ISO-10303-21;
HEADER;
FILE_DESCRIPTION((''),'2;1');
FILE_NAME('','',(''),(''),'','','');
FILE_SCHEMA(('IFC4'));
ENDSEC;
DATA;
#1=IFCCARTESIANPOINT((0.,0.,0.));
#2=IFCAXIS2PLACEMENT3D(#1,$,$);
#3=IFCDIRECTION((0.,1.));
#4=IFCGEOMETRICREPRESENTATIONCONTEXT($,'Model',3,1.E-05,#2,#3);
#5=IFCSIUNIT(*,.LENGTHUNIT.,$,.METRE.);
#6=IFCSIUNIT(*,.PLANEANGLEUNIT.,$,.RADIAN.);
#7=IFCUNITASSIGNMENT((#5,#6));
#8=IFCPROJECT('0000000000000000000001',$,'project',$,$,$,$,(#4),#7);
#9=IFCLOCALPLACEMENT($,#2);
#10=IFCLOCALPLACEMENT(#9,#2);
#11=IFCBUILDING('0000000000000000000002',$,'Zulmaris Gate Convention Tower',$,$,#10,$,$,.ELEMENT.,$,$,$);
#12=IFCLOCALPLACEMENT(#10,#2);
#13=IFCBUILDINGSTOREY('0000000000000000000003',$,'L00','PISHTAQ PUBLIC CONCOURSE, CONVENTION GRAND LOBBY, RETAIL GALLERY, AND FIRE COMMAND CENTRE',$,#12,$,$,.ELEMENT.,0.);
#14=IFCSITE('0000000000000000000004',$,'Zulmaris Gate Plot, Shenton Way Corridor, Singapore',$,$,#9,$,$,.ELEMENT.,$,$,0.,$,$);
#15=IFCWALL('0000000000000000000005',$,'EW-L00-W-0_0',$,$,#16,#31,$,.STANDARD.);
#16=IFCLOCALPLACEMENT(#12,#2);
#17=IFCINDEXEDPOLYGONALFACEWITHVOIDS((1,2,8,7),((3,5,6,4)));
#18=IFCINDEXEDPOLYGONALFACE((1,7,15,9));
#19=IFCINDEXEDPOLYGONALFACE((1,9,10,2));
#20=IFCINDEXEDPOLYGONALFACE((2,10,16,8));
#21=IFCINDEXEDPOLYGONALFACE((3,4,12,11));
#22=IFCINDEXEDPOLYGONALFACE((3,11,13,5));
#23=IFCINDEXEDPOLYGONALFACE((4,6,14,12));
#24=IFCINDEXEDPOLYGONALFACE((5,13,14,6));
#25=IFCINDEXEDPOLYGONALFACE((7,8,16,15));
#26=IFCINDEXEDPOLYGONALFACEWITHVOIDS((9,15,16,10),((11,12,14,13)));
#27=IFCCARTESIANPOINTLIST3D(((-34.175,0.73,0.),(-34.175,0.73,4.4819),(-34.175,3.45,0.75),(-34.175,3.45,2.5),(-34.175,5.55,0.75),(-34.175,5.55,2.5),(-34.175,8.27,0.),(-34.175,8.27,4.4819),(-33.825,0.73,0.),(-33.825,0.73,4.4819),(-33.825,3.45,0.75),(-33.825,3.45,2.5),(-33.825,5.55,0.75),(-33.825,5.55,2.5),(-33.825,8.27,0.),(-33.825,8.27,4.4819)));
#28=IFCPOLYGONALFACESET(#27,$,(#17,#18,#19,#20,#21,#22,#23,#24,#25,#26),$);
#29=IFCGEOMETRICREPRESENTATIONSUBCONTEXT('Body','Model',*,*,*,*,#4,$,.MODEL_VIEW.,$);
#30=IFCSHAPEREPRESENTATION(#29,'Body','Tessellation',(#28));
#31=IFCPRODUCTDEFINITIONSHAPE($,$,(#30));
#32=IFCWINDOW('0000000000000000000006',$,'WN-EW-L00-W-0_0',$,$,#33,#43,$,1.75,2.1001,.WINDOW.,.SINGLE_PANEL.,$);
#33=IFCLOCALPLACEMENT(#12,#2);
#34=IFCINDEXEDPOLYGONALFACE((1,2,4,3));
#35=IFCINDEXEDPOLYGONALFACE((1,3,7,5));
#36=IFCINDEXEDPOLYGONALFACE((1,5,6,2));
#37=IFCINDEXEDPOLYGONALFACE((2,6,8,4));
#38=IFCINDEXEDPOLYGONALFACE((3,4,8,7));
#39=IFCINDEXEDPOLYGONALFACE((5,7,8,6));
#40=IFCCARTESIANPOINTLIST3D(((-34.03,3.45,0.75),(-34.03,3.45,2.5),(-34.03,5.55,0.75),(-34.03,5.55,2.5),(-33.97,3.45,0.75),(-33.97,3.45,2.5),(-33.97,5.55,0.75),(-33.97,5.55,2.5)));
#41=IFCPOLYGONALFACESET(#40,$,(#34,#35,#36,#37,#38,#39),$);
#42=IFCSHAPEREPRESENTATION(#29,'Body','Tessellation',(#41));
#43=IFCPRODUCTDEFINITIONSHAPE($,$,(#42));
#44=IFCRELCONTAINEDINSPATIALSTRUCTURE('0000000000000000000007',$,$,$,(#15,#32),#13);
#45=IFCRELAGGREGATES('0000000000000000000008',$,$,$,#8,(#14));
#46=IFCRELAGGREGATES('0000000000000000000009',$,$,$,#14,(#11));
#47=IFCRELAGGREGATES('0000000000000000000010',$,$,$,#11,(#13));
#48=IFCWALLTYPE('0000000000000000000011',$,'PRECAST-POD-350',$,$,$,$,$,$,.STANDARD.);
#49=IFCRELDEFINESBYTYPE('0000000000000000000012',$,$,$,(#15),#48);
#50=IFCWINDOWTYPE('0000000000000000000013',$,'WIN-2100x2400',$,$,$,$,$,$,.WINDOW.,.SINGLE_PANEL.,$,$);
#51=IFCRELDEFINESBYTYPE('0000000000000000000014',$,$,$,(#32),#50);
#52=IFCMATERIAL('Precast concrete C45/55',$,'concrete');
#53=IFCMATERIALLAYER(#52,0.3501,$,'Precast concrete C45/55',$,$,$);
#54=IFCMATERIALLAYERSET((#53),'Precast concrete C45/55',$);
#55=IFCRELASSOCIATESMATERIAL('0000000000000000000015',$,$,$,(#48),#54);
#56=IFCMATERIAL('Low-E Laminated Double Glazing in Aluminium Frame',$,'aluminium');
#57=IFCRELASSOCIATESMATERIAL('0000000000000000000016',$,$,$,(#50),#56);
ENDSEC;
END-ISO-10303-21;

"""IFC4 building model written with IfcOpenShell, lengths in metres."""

from ifc_helpers import new_model, si_unit, direction, frame, frame_2d, origin, place, context, subcontext, project, spatial, rectangle, extrude, material, layer, layer_set, type_object, element, fill, save


model = new_model("IFC4")

# Units and contexts
model_context = context("Model", 3, precision=1e-05, world=origin(), true_north=direction((0.0, 1.0)))
body_context = subcontext(model_context, "Body", "Model", "MODEL_VIEW")
ifc_project = project(units=[si_unit("LENGTHUNIT", "METRE"), si_unit("PLANEANGLEUNIT", "RADIAN")], contexts=[model_context])

# Site, building, storey
site_placement = place(None, origin())
site = spatial("IfcSite", under=ifc_project, at=site_placement, Name="Zulmaris Gate Plot, Shenton Way Corridor, Singapore", CompositionType="ELEMENT", RefElevation=0.0)
building_placement = place(site_placement, origin())
building = spatial("IfcBuilding", under=site, at=building_placement, Name="Zulmaris Gate Convention Tower", CompositionType="ELEMENT")
storey_placement = place(building_placement, origin())
storey = spatial("IfcBuildingStorey", under=building, at=storey_placement, Name="L00", Description="PISHTAQ PUBLIC CONCOURSE, CONVENTION GRAND LOBBY, RETAIL GALLERY, AND FIRE COMMAND CENTRE", CompositionType="ELEMENT", Elevation=0.0)

# Wall, opening, window
ifc_material_1 = material(Name="Precast concrete C45/55", Category="concrete")
ifc_layer_1 = layer(ifc_material_1, 0.3501, Name="Precast concrete C45/55")
ifc_layer_set_1 = layer_set([ifc_layer_1], Name="Precast concrete C45/55")
wall_type_1 = type_object("IfcWallType", Name="PRECAST-POD-350", PredefinedType="STANDARD", material=ifc_layer_set_1)
wall_1_placement = place(storey_placement, frame((-34.0, 0.73, 0.0), z_axis=(0.0, 0.0, 1.0), x_axis=(0.0, 1.0, 0.0)))
wall_1 = element("IfcWall", 1, at=wall_1_placement, inside=storey, type_object=wall_type_1, Name="EW-L00-W-0_0", PredefinedType="STANDARD", context=body_context, shape_type="SweptSolid", body=[
    extrude(rectangle(XDim=7.54, YDim=0.3501, at=frame_2d((3.77, 0.0))), origin(), (0.0, 0.0, 1.0), 4.4819),
])
opening_1_placement = place(wall_1_placement, frame((2.72, 0.0, 0.75)))
opening_1 = element("IfcOpeningElement", 2, at=opening_1_placement, cuts=wall_1, PredefinedType="OPENING", context=body_context, shape_type="SweptSolid", body=[
    extrude(rectangle(XDim=2.1001, YDim=1.75, at=frame_2d((1.05, 0.875))), frame((0.0, 0.1851, 0.0), z_axis=(0.0, -1.0, 0.0), x_axis=(1.0, 0.0, 0.0)), (0.0, 0.0, 1.0), 0.3701),
])
ifc_material_2 = material(Name="Low-E Laminated Double Glazing in Aluminium Frame", Category="aluminium")
window_type = type_object("IfcWindowType", Name="WIN-2100x2400", PartitioningType="SINGLE_PANEL", PredefinedType="WINDOW", material=ifc_material_2)
window_placement = place(opening_1_placement, origin())
window = element("IfcWindow", 3, at=window_placement, inside=storey, type_object=window_type, Name="WN-EW-L00-W-0_0", OverallHeight=1.75, OverallWidth=2.1001, PartitioningType="SINGLE_PANEL", PredefinedType="WINDOW", context=body_context, shape_type="SweptSolid", body=[
    extrude(rectangle(XDim=2.1001, YDim=1.75, at=frame_2d((1.05, 0.875))), frame((0.0, 0.03, 0.0), z_axis=(0.0, -1.0, 0.0), x_axis=(1.0, 0.0, 0.0)), (0.0, 0.0, 1.0), 0.0601),
])
fill(opening_1, window)

save(model, "model.ifc")
